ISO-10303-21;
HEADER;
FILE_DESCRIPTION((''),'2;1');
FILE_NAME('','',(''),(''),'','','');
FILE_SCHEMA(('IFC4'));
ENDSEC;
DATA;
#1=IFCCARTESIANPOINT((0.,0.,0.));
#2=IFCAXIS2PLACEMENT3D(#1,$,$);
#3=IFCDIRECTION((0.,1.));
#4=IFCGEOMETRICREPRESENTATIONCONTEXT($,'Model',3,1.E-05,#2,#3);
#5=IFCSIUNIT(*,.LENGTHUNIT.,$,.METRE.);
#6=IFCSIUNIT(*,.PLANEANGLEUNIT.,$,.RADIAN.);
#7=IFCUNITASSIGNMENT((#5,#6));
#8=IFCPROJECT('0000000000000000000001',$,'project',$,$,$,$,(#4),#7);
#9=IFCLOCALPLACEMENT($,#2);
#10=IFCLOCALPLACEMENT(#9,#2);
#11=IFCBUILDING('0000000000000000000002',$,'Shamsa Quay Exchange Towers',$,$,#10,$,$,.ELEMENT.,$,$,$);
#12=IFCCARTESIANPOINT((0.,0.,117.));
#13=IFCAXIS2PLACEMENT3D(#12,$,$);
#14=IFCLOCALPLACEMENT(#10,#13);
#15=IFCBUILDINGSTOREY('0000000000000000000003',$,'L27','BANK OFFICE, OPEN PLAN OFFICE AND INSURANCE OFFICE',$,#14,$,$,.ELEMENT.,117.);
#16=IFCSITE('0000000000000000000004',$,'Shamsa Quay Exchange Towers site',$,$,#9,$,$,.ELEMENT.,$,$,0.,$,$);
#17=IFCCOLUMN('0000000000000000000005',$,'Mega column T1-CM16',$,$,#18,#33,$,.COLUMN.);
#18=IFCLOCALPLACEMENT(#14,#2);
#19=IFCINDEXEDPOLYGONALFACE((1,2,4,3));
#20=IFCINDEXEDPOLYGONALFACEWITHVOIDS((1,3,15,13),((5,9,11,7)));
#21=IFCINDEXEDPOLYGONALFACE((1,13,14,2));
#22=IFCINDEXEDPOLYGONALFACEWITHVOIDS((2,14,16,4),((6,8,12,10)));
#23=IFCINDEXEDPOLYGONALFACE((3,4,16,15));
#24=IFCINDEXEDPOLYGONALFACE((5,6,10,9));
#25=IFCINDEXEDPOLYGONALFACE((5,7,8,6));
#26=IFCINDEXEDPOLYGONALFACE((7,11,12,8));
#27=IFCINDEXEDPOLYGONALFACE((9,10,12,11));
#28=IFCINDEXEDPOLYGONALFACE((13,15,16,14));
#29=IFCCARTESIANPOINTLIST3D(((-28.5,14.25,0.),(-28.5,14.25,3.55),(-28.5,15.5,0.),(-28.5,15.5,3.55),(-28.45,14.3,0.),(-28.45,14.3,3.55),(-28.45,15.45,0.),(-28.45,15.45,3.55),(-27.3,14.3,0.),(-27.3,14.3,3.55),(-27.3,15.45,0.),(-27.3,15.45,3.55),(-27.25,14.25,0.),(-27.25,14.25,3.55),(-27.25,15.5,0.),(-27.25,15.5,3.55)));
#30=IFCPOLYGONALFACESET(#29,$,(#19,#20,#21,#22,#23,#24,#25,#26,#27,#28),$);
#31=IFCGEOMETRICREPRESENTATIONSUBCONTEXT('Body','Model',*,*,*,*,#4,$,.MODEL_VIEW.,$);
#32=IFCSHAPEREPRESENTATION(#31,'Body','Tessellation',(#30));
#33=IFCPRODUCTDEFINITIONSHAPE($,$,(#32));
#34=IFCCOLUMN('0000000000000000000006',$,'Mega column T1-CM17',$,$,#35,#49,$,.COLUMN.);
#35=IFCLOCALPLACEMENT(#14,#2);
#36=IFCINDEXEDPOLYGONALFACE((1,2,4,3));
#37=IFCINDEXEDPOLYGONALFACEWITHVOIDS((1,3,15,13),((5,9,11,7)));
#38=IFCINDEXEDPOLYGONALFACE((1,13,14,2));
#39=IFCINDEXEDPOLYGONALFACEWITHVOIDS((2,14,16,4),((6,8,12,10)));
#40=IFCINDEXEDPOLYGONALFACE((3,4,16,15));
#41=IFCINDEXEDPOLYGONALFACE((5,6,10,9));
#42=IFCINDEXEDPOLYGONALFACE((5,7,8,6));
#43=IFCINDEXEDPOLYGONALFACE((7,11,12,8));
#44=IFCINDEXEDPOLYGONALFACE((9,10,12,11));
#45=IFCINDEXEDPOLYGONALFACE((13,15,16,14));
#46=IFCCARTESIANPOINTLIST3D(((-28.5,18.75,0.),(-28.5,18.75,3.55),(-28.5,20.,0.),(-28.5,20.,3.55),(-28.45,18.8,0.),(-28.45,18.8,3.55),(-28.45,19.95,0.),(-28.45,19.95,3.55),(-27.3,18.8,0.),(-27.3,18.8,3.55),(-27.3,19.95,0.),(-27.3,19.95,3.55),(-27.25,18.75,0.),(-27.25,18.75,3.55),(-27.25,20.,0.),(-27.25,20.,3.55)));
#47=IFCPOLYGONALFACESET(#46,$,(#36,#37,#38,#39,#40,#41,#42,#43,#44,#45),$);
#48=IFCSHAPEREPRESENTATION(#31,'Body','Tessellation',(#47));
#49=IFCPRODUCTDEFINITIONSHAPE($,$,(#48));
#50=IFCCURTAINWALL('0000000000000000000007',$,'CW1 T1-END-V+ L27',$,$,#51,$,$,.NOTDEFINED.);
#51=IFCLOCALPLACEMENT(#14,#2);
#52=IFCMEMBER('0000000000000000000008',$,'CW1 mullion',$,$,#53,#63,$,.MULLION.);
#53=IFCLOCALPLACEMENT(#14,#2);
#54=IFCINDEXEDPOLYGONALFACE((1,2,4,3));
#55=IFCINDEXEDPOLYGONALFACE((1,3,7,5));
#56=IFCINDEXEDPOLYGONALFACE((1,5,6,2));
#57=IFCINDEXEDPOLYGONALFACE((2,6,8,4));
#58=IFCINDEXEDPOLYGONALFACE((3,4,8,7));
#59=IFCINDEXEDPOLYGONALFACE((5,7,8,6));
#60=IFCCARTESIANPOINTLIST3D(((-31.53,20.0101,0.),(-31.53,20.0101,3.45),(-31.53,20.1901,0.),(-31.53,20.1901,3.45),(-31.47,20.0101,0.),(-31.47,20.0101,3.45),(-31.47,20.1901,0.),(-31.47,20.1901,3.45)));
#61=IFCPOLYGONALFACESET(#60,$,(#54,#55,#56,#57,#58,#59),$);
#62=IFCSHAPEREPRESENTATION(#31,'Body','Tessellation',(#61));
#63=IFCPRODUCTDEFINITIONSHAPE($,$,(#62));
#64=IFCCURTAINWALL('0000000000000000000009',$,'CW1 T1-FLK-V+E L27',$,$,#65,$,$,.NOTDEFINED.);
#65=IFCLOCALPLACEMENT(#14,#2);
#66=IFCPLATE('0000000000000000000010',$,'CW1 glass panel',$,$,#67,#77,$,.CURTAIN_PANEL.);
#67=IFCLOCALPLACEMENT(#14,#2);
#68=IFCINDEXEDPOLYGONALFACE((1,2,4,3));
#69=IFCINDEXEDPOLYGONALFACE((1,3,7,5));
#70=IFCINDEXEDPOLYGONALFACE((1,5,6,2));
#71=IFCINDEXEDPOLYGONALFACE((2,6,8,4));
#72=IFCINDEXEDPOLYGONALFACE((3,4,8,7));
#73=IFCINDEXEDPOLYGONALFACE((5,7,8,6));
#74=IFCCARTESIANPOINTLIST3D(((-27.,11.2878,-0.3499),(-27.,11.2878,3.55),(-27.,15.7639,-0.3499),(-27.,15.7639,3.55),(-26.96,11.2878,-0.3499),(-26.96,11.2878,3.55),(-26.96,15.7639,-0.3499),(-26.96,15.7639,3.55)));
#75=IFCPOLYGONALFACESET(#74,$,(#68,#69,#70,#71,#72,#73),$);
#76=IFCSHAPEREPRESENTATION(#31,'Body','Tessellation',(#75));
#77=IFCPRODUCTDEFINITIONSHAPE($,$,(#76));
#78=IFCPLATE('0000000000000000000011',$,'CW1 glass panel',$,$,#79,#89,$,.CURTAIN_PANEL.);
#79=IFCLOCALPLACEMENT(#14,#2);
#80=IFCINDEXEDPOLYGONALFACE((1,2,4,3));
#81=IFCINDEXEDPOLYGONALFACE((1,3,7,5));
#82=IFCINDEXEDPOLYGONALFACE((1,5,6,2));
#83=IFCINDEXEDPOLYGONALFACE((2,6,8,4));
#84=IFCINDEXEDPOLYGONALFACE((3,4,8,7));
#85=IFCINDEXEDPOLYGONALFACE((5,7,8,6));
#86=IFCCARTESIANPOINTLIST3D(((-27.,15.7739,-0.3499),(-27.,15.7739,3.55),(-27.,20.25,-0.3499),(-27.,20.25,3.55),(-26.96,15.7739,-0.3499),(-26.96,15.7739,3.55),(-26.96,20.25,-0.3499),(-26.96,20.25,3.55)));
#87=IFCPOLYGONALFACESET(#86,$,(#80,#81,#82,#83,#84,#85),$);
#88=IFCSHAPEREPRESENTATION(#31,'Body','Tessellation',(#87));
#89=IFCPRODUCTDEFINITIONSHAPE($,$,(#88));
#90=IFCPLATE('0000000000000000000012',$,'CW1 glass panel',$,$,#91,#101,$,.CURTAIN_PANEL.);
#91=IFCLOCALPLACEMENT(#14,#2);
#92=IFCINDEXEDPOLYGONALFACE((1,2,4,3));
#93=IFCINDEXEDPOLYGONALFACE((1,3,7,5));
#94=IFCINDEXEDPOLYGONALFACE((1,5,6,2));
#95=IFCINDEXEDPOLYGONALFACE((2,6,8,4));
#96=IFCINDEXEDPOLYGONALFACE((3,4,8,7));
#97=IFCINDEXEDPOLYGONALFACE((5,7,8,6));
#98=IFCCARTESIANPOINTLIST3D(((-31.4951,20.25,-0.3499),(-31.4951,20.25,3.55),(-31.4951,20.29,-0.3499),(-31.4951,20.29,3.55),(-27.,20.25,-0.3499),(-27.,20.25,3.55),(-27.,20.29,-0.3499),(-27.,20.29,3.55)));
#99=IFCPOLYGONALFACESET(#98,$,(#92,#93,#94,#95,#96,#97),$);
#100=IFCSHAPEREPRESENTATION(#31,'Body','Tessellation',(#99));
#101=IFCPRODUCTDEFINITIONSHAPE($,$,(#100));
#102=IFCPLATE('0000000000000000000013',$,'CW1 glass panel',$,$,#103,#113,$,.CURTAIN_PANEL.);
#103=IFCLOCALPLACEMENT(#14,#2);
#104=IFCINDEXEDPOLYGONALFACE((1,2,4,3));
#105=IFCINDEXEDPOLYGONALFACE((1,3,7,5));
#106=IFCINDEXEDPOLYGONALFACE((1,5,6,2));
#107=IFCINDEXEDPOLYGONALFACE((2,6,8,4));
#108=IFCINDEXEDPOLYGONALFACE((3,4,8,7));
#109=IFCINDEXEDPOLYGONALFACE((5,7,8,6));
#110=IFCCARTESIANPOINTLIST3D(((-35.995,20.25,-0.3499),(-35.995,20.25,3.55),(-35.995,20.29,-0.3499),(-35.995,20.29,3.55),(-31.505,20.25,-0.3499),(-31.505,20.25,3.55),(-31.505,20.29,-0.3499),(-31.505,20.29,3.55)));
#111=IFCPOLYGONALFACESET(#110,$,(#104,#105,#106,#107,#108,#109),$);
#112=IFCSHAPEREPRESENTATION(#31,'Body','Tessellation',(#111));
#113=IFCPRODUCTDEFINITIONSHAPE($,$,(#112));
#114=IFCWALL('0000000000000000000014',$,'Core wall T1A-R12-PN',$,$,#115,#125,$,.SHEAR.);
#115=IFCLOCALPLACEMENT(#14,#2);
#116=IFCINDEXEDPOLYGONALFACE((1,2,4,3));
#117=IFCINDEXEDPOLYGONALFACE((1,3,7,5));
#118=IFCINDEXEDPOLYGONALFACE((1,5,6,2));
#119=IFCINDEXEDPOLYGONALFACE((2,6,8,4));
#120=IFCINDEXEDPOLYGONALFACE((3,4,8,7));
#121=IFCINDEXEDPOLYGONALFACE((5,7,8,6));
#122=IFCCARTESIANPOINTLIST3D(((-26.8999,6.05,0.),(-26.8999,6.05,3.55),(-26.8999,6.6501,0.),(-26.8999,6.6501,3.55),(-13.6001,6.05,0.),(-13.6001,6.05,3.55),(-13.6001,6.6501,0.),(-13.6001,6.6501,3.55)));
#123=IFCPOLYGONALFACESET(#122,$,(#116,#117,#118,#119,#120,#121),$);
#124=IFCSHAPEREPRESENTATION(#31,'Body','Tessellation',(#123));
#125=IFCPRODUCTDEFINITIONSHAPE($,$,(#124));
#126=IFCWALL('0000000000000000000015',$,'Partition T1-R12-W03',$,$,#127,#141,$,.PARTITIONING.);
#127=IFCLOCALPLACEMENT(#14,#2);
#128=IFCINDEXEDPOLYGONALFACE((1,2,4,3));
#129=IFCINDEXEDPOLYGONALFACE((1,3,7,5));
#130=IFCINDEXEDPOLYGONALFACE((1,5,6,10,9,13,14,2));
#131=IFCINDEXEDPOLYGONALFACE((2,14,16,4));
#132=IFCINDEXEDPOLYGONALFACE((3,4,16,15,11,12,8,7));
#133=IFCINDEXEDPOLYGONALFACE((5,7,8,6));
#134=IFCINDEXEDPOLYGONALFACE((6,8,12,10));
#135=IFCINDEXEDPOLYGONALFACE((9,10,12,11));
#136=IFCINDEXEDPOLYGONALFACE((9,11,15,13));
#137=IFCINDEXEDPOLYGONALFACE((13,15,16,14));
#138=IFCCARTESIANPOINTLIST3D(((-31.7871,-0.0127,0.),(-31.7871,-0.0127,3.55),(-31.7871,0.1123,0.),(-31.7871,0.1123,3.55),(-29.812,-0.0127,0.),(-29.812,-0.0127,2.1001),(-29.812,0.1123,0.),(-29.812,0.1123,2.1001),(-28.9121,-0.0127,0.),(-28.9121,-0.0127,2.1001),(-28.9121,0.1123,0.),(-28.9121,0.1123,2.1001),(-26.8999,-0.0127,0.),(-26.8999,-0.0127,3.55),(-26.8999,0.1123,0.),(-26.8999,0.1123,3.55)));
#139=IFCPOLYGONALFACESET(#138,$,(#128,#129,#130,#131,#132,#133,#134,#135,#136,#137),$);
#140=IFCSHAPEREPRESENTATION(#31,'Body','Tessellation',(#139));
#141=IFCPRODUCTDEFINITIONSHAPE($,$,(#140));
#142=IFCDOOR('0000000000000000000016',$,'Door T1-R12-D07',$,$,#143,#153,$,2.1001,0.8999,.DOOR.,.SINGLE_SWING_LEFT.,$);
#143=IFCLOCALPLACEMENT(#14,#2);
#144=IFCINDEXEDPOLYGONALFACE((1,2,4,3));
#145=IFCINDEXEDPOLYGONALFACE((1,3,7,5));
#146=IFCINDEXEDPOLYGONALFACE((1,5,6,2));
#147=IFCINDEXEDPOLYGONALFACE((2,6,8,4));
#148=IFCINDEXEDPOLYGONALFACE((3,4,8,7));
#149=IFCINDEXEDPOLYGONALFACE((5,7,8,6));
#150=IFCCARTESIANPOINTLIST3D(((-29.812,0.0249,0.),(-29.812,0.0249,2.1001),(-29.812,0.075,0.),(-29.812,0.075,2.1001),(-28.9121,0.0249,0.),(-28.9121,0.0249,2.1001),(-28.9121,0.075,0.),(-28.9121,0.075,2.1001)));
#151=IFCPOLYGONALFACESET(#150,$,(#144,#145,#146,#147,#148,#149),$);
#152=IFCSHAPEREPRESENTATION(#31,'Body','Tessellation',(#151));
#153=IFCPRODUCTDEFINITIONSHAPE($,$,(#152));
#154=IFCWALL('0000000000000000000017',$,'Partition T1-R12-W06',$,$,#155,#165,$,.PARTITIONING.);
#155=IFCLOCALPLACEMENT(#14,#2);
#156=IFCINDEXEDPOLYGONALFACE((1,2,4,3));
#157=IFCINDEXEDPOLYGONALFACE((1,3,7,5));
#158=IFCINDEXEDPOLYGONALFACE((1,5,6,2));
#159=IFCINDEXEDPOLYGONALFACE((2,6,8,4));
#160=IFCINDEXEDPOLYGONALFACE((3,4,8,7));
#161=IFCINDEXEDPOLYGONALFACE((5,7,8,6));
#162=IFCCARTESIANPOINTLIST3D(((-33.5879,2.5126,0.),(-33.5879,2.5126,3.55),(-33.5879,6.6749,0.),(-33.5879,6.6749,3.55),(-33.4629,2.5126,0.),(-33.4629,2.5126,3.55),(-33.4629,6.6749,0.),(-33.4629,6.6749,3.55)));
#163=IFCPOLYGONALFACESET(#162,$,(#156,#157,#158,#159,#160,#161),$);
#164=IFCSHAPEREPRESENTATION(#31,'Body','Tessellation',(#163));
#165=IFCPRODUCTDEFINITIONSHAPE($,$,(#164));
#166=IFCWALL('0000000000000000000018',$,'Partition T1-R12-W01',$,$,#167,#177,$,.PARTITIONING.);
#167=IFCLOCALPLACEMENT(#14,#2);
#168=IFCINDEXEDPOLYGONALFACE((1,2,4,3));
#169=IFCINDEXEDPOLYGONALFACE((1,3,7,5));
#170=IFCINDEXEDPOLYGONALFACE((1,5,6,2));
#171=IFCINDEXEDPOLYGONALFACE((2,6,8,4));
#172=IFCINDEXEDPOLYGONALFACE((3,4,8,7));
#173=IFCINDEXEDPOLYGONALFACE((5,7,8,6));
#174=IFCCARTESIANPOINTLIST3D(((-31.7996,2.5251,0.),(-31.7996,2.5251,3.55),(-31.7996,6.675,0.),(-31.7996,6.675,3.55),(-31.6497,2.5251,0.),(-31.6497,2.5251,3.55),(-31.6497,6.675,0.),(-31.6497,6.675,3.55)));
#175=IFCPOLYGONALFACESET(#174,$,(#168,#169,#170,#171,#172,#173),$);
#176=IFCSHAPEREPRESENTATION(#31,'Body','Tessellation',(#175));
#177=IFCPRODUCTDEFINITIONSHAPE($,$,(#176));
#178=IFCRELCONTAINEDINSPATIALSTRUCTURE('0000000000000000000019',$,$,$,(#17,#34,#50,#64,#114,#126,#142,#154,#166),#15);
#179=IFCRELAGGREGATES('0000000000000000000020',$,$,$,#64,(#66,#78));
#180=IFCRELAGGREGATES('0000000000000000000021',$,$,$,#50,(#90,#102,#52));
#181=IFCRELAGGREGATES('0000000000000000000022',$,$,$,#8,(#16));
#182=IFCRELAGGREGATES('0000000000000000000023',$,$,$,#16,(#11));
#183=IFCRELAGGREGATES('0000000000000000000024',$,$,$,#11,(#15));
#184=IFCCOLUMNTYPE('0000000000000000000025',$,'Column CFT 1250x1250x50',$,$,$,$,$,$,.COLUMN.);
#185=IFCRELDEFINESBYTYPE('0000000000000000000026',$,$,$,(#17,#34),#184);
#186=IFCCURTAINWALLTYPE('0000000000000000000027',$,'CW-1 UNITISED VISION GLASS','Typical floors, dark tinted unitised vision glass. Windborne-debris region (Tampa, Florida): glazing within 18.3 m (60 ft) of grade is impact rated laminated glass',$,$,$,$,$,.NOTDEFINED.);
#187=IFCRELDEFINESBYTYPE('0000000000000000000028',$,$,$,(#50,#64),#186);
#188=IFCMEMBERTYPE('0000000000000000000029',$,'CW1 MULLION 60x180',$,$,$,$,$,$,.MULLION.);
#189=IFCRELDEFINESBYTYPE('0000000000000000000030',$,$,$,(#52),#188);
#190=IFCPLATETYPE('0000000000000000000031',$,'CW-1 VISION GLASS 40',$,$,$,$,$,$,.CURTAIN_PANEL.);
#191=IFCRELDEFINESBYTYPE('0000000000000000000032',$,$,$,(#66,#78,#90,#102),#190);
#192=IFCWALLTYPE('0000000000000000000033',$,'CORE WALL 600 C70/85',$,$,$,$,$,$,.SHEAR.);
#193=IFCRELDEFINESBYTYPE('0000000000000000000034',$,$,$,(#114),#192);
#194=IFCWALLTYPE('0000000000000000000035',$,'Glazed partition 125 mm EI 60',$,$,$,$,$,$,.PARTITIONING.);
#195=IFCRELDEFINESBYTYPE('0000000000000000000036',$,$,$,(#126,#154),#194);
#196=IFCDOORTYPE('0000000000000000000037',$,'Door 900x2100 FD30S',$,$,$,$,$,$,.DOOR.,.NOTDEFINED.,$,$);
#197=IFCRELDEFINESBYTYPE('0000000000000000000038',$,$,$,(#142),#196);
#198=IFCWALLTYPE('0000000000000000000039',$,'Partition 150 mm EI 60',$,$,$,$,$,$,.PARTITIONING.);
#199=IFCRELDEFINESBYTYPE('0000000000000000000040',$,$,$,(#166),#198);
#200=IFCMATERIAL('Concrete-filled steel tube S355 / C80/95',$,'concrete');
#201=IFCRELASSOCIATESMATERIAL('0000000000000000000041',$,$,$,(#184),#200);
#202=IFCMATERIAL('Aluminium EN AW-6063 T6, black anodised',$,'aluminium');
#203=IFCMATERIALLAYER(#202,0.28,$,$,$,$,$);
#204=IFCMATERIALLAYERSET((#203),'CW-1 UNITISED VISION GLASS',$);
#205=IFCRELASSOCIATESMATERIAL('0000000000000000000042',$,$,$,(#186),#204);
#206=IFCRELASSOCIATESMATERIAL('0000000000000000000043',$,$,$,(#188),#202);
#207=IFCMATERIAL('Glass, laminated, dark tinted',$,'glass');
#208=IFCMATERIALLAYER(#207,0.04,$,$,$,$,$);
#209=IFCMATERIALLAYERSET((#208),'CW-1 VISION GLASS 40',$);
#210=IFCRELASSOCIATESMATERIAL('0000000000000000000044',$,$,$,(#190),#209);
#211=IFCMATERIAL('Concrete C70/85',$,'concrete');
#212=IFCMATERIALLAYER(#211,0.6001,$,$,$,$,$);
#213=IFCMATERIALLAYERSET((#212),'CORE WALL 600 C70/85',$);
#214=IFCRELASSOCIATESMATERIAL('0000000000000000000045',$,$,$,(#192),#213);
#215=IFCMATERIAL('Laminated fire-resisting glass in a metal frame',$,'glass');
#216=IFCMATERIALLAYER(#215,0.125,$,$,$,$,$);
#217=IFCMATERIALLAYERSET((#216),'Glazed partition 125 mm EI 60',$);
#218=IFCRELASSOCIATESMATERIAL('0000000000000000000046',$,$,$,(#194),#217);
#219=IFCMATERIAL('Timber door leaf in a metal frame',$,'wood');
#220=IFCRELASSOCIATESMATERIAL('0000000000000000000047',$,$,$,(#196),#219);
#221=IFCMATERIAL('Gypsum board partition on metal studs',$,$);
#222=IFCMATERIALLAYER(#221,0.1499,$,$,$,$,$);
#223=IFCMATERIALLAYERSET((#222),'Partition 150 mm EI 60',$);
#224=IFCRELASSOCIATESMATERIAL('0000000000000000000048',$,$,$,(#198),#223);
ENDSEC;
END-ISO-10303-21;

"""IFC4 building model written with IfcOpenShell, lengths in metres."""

from ifc_helpers import new_model, si_unit, direction, frame, frame_2d, origin, origin_2d, place, context, subcontext, project, spatial, rectangle, hollow_rectangle, extrude, material, layer, layer_set, material_profile, profile_set, type_object, element, fill, aggregate, save


model = new_model("IFC4")

# Units and contexts
model_context = context("Model", 3, precision=1e-05, world=origin(), true_north=direction((0.0, 1.0)))
body_context = subcontext(model_context, "Body", "Model", "MODEL_VIEW")
ifc_project = project(units=[si_unit("LENGTHUNIT", "METRE"), si_unit("PLANEANGLEUNIT", "RADIAN")], contexts=[model_context])

# Site, building, storey
site_placement = place(None, origin())
site = spatial("IfcSite", under=ifc_project, at=site_placement, Name="Shamsa Quay Exchange Towers site", CompositionType="ELEMENT", RefElevation=0.0)
building_placement = place(site_placement, origin())
building = spatial("IfcBuilding", under=site, at=building_placement, Name="Shamsa Quay Exchange Towers", CompositionType="ELEMENT")
storey_placement = place(building_placement, frame((0.0, 0.0, 117.0)))
storey = spatial("IfcBuildingStorey", under=building, at=storey_placement, Name="L27", Description="BANK OFFICE, OPEN PLAN OFFICE AND INSURANCE OFFICE", CompositionType="ELEMENT", Elevation=117.0)

# Columns
ifc_material_1 = material(Name="Concrete-filled steel tube S355 / C80/95", Category="concrete")
ifc_material_profile_1 = material_profile(ifc_material_1, hollow_rectangle(XDim=1.25, YDim=1.25, WallThickness=0.05, at=origin_2d()), Name="CFT 1250x1250x50")
ifc_profile_set_1 = profile_set([ifc_material_profile_1], Name="Concrete-filled steel tube S355 / C80/95")
column_type = type_object("IfcColumnType", Name="Column CFT 1250x1250x50", PredefinedType="COLUMN", material=ifc_profile_set_1)
for number, where, name in (
    (1, (-27.875, 14.875, 0.0), "Mega column T1-CM16"),
    (2, (-27.875, 19.375, 0.0), "Mega column T1-CM17"),
):
    element("IfcColumn", number, at=place(storey_placement, frame(where)), inside=storey, type_object=column_type, Name=name, PredefinedType="COLUMN", context=body_context, shape_type="SweptSolid", body=[
        extrude(hollow_rectangle(XDim=1.25, YDim=1.25, WallThickness=0.05, at=origin_2d()), origin(), (0.0, 0.0, 1.0), 3.55),
    ])

# Curtain wall, member
ifc_material_2 = material(Name="Aluminium EN AW-6063 T6, black anodised", Category="aluminium")
ifc_layer_1 = layer(ifc_material_2, 0.28)
ifc_layer_set_1 = layer_set([ifc_layer_1], Name="CW-1 UNITISED VISION GLASS")
curtain_wall_type = type_object("IfcCurtainWallType", Name="CW-1 UNITISED VISION GLASS", Description="Typical floors, dark tinted unitised vision glass. Windborne-debris region (Tampa, Florida): glazing within 18.3 m (60 ft) of grade is impact rated laminated glass", PredefinedType="NOTDEFINED", material=ifc_layer_set_1)
curtain_wall_1_placement = place(storey_placement, origin())
curtain_wall_1 = element("IfcCurtainWall", 3, at=curtain_wall_1_placement, inside=storey, type_object=curtain_wall_type, Name="CW1 T1-END-V+ L27", PredefinedType="NOTDEFINED")
ifc_material_profile_2 = material_profile(ifc_material_2, rectangle(XDim=0.1799, YDim=0.0601, at=origin_2d()), Name="MU60x180")
ifc_profile_set_2 = profile_set([ifc_material_profile_2], Name="Aluminium EN AW-6063 T6, black anodised")
member_type = type_object("IfcMemberType", Name="CW1 MULLION 60x180", PredefinedType="MULLION", material=ifc_profile_set_2)
member_placement = place(storey_placement, frame((-31.5, 20.1001, 0.0), z_axis=(0.0, 0.0, 1.0), x_axis=(0.0, -1.0, 0.0)))
member = element("IfcMember", 4, at=member_placement, type_object=member_type, Name="CW1 mullion", PredefinedType="MULLION", context=body_context, shape_type="SweptSolid", body=[
    extrude(rectangle(XDim=0.1799, YDim=0.0601, at=origin_2d()), origin(), (0.0, 0.0, 1.0), 3.45),
])

# Curtain wall, plates
curtain_wall_2_placement = place(storey_placement, origin())
curtain_wall_2 = element("IfcCurtainWall", 5, at=curtain_wall_2_placement, inside=storey, type_object=curtain_wall_type, Name="CW1 T1-FLK-V+E L27", PredefinedType="NOTDEFINED")
ifc_material_3 = material(Name="Glass, laminated, dark tinted", Category="glass")
ifc_layer_2 = layer(ifc_material_3, 0.04)
ifc_layer_set_2 = layer_set([ifc_layer_2], Name="CW-1 VISION GLASS 40")
plate_type = type_object("IfcPlateType", Name="CW-1 VISION GLASS 40", PredefinedType="CURTAIN_PANEL", material=ifc_layer_set_2)
plate_1_placement = place(storey_placement, frame((-26.98, 13.5259, -0.3499), z_axis=(0.0, 0.0, 1.0), x_axis=(0.0, 1.0, 0.0)))
plate_1 = element("IfcPlate", 6, at=plate_1_placement, type_object=plate_type, Name="CW1 glass panel", PredefinedType="CURTAIN_PANEL", context=body_context, shape_type="SweptSolid", body=[
    extrude(rectangle(XDim=4.4761, YDim=0.04, at=origin_2d()), origin(), (0.0, 0.0, 1.0), 3.8999),
])
plate_2_placement = place(storey_placement, frame((-26.98, 18.012, -0.3499), z_axis=(0.0, 0.0, 1.0), x_axis=(0.0, 1.0, 0.0)))
plate_2 = element("IfcPlate", 7, at=plate_2_placement, type_object=plate_type, Name="CW1 glass panel", PredefinedType="CURTAIN_PANEL", context=body_context, shape_type="SweptSolid", body=[
    extrude(rectangle(XDim=4.4761, YDim=0.04, at=origin_2d()), origin(), (0.0, 0.0, 1.0), 3.8999),
])
aggregate(curtain_wall_2, [plate_1, plate_2])

# Plates
plate_3_placement = place(storey_placement, frame((-29.2476, 20.27, -0.3499), z_axis=(0.0, 0.0, 1.0), x_axis=(-1.0, 0.0, 0.0)))
plate_3 = element("IfcPlate", 8, at=plate_3_placement, type_object=plate_type, Name="CW1 glass panel", PredefinedType="CURTAIN_PANEL", context=body_context, shape_type="SweptSolid", body=[
    extrude(rectangle(XDim=4.4951, YDim=0.04, at=origin_2d()), origin(), (0.0, 0.0, 1.0), 3.8999),
])
plate_4_placement = place(storey_placement, frame((-33.75, 20.27, -0.3499), z_axis=(0.0, 0.0, 1.0), x_axis=(-1.0, 0.0, 0.0)))
plate_4 = element("IfcPlate", 9, at=plate_4_placement, type_object=plate_type, Name="CW1 glass panel", PredefinedType="CURTAIN_PANEL", context=body_context, shape_type="SweptSolid", body=[
    extrude(rectangle(XDim=4.49, YDim=0.04, at=origin_2d()), origin(), (0.0, 0.0, 1.0), 3.8999),
])
aggregate(curtain_wall_1, [plate_3, plate_4, member])

# Wall
ifc_material_4 = material(Name="Concrete C70/85", Category="concrete")
ifc_layer_3 = layer(ifc_material_4, 0.6001)
ifc_layer_set_3 = layer_set([ifc_layer_3], Name="CORE WALL 600 C70/85")
wall_type_1 = type_object("IfcWallType", Name="CORE WALL 600 C70/85", PredefinedType="SHEAR", material=ifc_layer_set_3)
wall_1_placement = place(storey_placement, frame((-26.8999, 6.3501, 0.0)))
element("IfcWall", 10, at=wall_1_placement, inside=storey, type_object=wall_type_1, Name="Core wall T1A-R12-PN", PredefinedType="SHEAR", context=body_context, shape_type="SweptSolid", body=[
    extrude(rectangle(XDim=13.2998, YDim=0.6001, at=frame_2d((6.6499, 0.0))), origin(), (0.0, 0.0, 1.0), 3.55),
])

# Wall, opening, door
ifc_material_5 = material(Name="Laminated fire-resisting glass in a metal frame", Category="glass")
ifc_layer_4 = layer(ifc_material_5, 0.125)
ifc_layer_set_4 = layer_set([ifc_layer_4], Name="Glazed partition 125 mm EI 60")
wall_type_2 = type_object("IfcWallType", Name="Glazed partition 125 mm EI 60", PredefinedType="PARTITIONING", material=ifc_layer_set_4)
wall_2_placement = place(storey_placement, frame((-26.8999, 0.0498, 0.0), z_axis=(0.0, 0.0, 1.0), x_axis=(-1.0, 0.0, 0.0)))
wall_2 = element("IfcWall", 11, at=wall_2_placement, inside=storey, type_object=wall_type_2, Name="Partition T1-R12-W03", PredefinedType="PARTITIONING", context=body_context, shape_type="SweptSolid", body=[
    extrude(rectangle(XDim=4.8872, YDim=0.125, at=frame_2d((2.4436, 0.0))), origin(), (0.0, 0.0, 1.0), 3.55),
])
opening_1_placement = place(wall_2_placement, frame((2.0122, 0.0, 0.0)))
opening_1 = element("IfcOpeningElement", 12, at=opening_1_placement, cuts=wall_2, PredefinedType="OPENING", context=body_context, shape_type="SweptSolid", body=[
    extrude(rectangle(XDim=0.8999, YDim=2.1001, at=frame_2d((0.45, 1.05))), frame((0.0, 0.0725, 0.0), z_axis=(0.0, -1.0, 0.0), x_axis=(1.0, 0.0, 0.0)), (0.0, 0.0, 1.0), 0.145),
])
ifc_material_6 = material(Name="Timber door leaf in a metal frame", Category="wood")
door_type = type_object("IfcDoorType", Name="Door 900x2100 FD30S", OperationType="NOTDEFINED", PredefinedType="DOOR", material=ifc_material_6)
door_1_placement = place(opening_1_placement, origin())
door_1 = element("IfcDoor", 13, at=door_1_placement, inside=storey, type_object=door_type, Name="Door T1-R12-D07", OperationType="SINGLE_SWING_LEFT", OverallHeight=2.1001, OverallWidth=0.8999, PredefinedType="DOOR", context=body_context, shape_type="SweptSolid", body=[
    extrude(rectangle(XDim=0.8999, YDim=2.1001, at=frame_2d((0.45, 1.05))), frame((0.0, 0.0249, 0.0), z_axis=(0.0, -1.0, 0.0), x_axis=(1.0, 0.0, 0.0)), (0.0, 0.0, 1.0), 0.05),
])
fill(opening_1, door_1)

# Walls
wall_3_placement = place(storey_placement, frame((-33.5254, 2.5127, 0.0), z_axis=(0.0, 0.0, 1.0), x_axis=(0.0, 1.0, 0.0)))
element("IfcWall", 14, at=wall_3_placement, inside=storey, type_object=wall_type_2, Name="Partition T1-R12-W06", PredefinedType="PARTITIONING", context=body_context, shape_type="SweptSolid", body=[
    extrude(rectangle(XDim=4.1624, YDim=0.125, at=frame_2d((2.0811, 0.0))), origin(), (0.0, 0.0, 1.0), 3.55),
])
ifc_material_7 = material(Name="Gypsum board partition on metal studs")
ifc_layer_5 = layer(ifc_material_7, 0.1499)
ifc_layer_set_5 = layer_set([ifc_layer_5], Name="Partition 150 mm EI 60")
wall_type_3 = type_object("IfcWallType", Name="Partition 150 mm EI 60", PredefinedType="PARTITIONING", material=ifc_layer_set_5)
wall_4_placement = place(storey_placement, frame((-31.7246, 6.675, 0.0), z_axis=(0.0, 0.0, 1.0), x_axis=(0.0, -1.0, 0.0)))
element("IfcWall", 15, at=wall_4_placement, inside=storey, type_object=wall_type_3, Name="Partition T1-R12-W01", PredefinedType="PARTITIONING", context=body_context, shape_type="SweptSolid", body=[
    extrude(rectangle(XDim=4.1499, YDim=0.1499, at=frame_2d((2.075, 0.0))), origin(), (0.0, 0.0, 1.0), 3.55),
])

save(model, "model.ifc")
